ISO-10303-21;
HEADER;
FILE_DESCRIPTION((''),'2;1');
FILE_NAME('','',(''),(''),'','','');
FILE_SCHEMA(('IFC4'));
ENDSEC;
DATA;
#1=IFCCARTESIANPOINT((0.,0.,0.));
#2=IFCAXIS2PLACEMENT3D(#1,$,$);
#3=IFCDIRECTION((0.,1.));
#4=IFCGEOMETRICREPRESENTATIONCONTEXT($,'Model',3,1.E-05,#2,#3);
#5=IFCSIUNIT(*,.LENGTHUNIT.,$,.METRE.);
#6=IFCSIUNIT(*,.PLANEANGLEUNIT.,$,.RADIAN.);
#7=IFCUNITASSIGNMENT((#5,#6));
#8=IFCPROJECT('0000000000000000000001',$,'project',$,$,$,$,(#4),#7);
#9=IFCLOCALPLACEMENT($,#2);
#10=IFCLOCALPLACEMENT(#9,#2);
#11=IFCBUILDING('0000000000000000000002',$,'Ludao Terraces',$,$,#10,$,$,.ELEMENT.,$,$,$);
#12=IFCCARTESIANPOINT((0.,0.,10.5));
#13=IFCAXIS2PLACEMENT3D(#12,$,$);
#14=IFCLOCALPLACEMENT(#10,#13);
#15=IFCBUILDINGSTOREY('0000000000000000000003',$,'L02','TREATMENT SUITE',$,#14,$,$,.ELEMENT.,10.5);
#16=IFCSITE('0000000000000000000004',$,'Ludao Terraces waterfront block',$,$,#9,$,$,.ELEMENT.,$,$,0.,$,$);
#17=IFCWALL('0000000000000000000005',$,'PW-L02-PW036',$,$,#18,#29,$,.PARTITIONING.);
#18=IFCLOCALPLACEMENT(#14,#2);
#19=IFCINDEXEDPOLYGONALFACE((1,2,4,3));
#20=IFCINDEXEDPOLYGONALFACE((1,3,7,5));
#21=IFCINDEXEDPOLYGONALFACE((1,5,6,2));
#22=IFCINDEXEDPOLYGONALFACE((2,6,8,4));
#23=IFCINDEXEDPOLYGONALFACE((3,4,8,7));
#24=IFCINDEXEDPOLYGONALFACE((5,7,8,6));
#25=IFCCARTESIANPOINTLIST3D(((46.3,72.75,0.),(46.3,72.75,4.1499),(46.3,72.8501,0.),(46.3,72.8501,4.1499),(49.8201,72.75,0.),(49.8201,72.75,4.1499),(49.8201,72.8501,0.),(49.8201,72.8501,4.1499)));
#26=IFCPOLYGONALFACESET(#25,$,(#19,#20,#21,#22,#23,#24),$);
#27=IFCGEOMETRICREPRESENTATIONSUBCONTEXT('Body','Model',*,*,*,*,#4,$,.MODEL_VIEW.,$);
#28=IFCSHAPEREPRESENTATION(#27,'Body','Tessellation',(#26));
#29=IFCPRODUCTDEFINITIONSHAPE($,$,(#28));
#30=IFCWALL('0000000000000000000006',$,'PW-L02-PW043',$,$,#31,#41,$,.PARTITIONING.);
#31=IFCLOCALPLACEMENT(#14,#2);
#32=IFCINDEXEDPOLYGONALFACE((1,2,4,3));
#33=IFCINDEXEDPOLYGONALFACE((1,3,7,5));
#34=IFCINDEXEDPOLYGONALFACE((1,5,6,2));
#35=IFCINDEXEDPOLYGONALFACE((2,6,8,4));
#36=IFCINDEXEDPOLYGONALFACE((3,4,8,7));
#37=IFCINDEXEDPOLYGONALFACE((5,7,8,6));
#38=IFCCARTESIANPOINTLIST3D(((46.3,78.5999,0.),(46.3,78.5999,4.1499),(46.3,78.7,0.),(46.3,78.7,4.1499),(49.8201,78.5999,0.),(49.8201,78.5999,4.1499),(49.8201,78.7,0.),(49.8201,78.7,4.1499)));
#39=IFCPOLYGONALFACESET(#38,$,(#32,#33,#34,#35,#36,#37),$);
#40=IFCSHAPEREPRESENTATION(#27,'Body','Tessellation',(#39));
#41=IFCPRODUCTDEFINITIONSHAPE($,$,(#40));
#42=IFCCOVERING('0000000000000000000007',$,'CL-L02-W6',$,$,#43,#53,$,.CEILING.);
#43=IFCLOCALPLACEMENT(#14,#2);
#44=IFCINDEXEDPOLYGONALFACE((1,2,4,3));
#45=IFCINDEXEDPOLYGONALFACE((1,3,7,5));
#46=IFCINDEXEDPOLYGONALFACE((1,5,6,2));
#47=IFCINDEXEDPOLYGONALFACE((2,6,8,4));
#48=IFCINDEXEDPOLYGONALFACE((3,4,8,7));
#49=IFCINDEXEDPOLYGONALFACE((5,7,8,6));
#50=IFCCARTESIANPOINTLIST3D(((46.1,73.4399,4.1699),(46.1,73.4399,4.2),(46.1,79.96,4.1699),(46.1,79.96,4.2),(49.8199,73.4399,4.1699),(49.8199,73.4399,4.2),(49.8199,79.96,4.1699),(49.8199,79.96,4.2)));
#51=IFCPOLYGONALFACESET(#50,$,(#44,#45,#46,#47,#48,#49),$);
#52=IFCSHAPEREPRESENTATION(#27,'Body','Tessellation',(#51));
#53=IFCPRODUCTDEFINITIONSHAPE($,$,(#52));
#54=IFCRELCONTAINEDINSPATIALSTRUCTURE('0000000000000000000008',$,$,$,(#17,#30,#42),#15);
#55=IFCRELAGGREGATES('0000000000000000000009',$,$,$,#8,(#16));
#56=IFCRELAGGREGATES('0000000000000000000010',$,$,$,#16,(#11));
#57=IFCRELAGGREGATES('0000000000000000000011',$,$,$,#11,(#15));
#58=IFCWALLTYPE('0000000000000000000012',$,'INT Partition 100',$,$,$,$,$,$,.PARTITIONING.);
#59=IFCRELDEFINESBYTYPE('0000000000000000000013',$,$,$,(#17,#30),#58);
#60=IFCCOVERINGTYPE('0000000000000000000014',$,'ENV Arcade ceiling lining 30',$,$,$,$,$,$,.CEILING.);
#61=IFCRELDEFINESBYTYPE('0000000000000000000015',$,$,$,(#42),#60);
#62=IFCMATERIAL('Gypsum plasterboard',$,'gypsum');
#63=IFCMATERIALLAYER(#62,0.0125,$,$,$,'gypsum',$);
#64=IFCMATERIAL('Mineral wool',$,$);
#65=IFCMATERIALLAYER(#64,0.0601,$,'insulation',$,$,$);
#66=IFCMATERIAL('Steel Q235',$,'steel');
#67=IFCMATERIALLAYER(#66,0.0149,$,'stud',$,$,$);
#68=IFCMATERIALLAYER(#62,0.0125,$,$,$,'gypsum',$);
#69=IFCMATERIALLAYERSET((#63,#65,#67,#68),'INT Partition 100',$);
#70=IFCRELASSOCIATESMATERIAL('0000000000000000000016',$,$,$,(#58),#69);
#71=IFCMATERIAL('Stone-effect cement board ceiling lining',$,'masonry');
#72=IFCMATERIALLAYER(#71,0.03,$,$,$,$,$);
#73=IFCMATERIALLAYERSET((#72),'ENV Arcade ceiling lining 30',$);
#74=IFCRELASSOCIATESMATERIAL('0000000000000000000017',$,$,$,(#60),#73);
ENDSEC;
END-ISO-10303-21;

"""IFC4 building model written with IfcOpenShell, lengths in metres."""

from ifc_helpers import new_model, si_unit, direction, frame, frame_2d, origin, origin_2d, place, context, subcontext, project, spatial, rectangle, extrude, material, layer, layer_set, type_object, element, save


model = new_model("IFC4")

# Units and contexts
model_context = context("Model", 3, precision=1e-05, world=origin(), true_north=direction((0.0, 1.0)))
body_context = subcontext(model_context, "Body", "Model", "MODEL_VIEW")
ifc_project = project(units=[si_unit("LENGTHUNIT", "METRE"), si_unit("PLANEANGLEUNIT", "RADIAN")], contexts=[model_context])

# Site, building, storey
site_placement = place(None, origin())
site = spatial("IfcSite", under=ifc_project, at=site_placement, Name="Ludao Terraces waterfront block", CompositionType="ELEMENT", RefElevation=0.0)
building_placement = place(site_placement, origin())
building = spatial("IfcBuilding", under=site, at=building_placement, Name="Ludao Terraces", CompositionType="ELEMENT")
storey_placement = place(building_placement, frame((0.0, 0.0, 10.5)))
storey = spatial("IfcBuildingStorey", under=building, at=storey_placement, Name="L02", Description="TREATMENT SUITE", CompositionType="ELEMENT", Elevation=10.5)

# Walls
ifc_material_1 = material(Name="Mineral wool")
ifc_material_2 = material(Name="Gypsum plasterboard", Category="gypsum")
ifc_layer_1 = layer(ifc_material_2, 0.0125, Category="gypsum")
ifc_layer_2 = layer(ifc_material_1, 0.0601, Name="insulation")
ifc_material_3 = material(Name="Steel Q235", Category="steel")
ifc_layer_3 = layer(ifc_material_3, 0.0149, Name="stud")
ifc_layer_4 = layer(ifc_material_2, 0.0125, Category="gypsum")
ifc_layer_set_1 = layer_set([ifc_layer_1, ifc_layer_2, ifc_layer_3, ifc_layer_4], Name="INT Partition 100")
wall_type_1 = type_object("IfcWallType", Name="INT Partition 100", PredefinedType="PARTITIONING", material=ifc_layer_set_1)
for number, where, z_axis, x_axis, name in (
    (1, (46.3, 72.8, 0.0), (0.0, 0.0, 1.0), (1.0, 0.0, 0.0), "PW-L02-PW036"),
    (2, (46.3, 78.6499, 0.0), (0.0, 0.0, 1.0), (1.0, 0.0, 0.0), "PW-L02-PW043"),
):
    element("IfcWall", number, at=place(storey_placement, frame(where, z_axis=z_axis, x_axis=x_axis)), inside=storey, type_object=wall_type_1, Name=name, PredefinedType="PARTITIONING", context=body_context, shape_type="SweptSolid", body=[
        extrude(rectangle(XDim=3.52, YDim=0.1001, at=frame_2d((1.76, 0.0))), origin(), (0.0, 0.0, 1.0), 4.1499),
    ])

# Covering
ifc_material_4 = material(Name="Stone-effect cement board ceiling lining", Category="masonry")
ifc_layer_5 = layer(ifc_material_4, 0.03)
ifc_layer_set_2 = layer_set([ifc_layer_5], Name="ENV Arcade ceiling lining 30")
covering_type = type_object("IfcCoveringType", Name="ENV Arcade ceiling lining 30", PredefinedType="CEILING", material=ifc_layer_set_2)
covering_placement = place(storey_placement, frame((47.96, 76.7, 4.1699), z_axis=(0.0, 0.0, 1.0), x_axis=(1.0, 0.0, 0.0)))
element("IfcCovering", 3, at=covering_placement, inside=storey, type_object=covering_type, Name="CL-L02-W6", PredefinedType="CEILING", context=body_context, shape_type="SweptSolid", body=[
    extrude(rectangle(XDim=3.72, YDim=6.52, at=origin_2d()), origin(), (0.0, 0.0, 1.0), 0.03),
])

save(model, "model.ifc")
